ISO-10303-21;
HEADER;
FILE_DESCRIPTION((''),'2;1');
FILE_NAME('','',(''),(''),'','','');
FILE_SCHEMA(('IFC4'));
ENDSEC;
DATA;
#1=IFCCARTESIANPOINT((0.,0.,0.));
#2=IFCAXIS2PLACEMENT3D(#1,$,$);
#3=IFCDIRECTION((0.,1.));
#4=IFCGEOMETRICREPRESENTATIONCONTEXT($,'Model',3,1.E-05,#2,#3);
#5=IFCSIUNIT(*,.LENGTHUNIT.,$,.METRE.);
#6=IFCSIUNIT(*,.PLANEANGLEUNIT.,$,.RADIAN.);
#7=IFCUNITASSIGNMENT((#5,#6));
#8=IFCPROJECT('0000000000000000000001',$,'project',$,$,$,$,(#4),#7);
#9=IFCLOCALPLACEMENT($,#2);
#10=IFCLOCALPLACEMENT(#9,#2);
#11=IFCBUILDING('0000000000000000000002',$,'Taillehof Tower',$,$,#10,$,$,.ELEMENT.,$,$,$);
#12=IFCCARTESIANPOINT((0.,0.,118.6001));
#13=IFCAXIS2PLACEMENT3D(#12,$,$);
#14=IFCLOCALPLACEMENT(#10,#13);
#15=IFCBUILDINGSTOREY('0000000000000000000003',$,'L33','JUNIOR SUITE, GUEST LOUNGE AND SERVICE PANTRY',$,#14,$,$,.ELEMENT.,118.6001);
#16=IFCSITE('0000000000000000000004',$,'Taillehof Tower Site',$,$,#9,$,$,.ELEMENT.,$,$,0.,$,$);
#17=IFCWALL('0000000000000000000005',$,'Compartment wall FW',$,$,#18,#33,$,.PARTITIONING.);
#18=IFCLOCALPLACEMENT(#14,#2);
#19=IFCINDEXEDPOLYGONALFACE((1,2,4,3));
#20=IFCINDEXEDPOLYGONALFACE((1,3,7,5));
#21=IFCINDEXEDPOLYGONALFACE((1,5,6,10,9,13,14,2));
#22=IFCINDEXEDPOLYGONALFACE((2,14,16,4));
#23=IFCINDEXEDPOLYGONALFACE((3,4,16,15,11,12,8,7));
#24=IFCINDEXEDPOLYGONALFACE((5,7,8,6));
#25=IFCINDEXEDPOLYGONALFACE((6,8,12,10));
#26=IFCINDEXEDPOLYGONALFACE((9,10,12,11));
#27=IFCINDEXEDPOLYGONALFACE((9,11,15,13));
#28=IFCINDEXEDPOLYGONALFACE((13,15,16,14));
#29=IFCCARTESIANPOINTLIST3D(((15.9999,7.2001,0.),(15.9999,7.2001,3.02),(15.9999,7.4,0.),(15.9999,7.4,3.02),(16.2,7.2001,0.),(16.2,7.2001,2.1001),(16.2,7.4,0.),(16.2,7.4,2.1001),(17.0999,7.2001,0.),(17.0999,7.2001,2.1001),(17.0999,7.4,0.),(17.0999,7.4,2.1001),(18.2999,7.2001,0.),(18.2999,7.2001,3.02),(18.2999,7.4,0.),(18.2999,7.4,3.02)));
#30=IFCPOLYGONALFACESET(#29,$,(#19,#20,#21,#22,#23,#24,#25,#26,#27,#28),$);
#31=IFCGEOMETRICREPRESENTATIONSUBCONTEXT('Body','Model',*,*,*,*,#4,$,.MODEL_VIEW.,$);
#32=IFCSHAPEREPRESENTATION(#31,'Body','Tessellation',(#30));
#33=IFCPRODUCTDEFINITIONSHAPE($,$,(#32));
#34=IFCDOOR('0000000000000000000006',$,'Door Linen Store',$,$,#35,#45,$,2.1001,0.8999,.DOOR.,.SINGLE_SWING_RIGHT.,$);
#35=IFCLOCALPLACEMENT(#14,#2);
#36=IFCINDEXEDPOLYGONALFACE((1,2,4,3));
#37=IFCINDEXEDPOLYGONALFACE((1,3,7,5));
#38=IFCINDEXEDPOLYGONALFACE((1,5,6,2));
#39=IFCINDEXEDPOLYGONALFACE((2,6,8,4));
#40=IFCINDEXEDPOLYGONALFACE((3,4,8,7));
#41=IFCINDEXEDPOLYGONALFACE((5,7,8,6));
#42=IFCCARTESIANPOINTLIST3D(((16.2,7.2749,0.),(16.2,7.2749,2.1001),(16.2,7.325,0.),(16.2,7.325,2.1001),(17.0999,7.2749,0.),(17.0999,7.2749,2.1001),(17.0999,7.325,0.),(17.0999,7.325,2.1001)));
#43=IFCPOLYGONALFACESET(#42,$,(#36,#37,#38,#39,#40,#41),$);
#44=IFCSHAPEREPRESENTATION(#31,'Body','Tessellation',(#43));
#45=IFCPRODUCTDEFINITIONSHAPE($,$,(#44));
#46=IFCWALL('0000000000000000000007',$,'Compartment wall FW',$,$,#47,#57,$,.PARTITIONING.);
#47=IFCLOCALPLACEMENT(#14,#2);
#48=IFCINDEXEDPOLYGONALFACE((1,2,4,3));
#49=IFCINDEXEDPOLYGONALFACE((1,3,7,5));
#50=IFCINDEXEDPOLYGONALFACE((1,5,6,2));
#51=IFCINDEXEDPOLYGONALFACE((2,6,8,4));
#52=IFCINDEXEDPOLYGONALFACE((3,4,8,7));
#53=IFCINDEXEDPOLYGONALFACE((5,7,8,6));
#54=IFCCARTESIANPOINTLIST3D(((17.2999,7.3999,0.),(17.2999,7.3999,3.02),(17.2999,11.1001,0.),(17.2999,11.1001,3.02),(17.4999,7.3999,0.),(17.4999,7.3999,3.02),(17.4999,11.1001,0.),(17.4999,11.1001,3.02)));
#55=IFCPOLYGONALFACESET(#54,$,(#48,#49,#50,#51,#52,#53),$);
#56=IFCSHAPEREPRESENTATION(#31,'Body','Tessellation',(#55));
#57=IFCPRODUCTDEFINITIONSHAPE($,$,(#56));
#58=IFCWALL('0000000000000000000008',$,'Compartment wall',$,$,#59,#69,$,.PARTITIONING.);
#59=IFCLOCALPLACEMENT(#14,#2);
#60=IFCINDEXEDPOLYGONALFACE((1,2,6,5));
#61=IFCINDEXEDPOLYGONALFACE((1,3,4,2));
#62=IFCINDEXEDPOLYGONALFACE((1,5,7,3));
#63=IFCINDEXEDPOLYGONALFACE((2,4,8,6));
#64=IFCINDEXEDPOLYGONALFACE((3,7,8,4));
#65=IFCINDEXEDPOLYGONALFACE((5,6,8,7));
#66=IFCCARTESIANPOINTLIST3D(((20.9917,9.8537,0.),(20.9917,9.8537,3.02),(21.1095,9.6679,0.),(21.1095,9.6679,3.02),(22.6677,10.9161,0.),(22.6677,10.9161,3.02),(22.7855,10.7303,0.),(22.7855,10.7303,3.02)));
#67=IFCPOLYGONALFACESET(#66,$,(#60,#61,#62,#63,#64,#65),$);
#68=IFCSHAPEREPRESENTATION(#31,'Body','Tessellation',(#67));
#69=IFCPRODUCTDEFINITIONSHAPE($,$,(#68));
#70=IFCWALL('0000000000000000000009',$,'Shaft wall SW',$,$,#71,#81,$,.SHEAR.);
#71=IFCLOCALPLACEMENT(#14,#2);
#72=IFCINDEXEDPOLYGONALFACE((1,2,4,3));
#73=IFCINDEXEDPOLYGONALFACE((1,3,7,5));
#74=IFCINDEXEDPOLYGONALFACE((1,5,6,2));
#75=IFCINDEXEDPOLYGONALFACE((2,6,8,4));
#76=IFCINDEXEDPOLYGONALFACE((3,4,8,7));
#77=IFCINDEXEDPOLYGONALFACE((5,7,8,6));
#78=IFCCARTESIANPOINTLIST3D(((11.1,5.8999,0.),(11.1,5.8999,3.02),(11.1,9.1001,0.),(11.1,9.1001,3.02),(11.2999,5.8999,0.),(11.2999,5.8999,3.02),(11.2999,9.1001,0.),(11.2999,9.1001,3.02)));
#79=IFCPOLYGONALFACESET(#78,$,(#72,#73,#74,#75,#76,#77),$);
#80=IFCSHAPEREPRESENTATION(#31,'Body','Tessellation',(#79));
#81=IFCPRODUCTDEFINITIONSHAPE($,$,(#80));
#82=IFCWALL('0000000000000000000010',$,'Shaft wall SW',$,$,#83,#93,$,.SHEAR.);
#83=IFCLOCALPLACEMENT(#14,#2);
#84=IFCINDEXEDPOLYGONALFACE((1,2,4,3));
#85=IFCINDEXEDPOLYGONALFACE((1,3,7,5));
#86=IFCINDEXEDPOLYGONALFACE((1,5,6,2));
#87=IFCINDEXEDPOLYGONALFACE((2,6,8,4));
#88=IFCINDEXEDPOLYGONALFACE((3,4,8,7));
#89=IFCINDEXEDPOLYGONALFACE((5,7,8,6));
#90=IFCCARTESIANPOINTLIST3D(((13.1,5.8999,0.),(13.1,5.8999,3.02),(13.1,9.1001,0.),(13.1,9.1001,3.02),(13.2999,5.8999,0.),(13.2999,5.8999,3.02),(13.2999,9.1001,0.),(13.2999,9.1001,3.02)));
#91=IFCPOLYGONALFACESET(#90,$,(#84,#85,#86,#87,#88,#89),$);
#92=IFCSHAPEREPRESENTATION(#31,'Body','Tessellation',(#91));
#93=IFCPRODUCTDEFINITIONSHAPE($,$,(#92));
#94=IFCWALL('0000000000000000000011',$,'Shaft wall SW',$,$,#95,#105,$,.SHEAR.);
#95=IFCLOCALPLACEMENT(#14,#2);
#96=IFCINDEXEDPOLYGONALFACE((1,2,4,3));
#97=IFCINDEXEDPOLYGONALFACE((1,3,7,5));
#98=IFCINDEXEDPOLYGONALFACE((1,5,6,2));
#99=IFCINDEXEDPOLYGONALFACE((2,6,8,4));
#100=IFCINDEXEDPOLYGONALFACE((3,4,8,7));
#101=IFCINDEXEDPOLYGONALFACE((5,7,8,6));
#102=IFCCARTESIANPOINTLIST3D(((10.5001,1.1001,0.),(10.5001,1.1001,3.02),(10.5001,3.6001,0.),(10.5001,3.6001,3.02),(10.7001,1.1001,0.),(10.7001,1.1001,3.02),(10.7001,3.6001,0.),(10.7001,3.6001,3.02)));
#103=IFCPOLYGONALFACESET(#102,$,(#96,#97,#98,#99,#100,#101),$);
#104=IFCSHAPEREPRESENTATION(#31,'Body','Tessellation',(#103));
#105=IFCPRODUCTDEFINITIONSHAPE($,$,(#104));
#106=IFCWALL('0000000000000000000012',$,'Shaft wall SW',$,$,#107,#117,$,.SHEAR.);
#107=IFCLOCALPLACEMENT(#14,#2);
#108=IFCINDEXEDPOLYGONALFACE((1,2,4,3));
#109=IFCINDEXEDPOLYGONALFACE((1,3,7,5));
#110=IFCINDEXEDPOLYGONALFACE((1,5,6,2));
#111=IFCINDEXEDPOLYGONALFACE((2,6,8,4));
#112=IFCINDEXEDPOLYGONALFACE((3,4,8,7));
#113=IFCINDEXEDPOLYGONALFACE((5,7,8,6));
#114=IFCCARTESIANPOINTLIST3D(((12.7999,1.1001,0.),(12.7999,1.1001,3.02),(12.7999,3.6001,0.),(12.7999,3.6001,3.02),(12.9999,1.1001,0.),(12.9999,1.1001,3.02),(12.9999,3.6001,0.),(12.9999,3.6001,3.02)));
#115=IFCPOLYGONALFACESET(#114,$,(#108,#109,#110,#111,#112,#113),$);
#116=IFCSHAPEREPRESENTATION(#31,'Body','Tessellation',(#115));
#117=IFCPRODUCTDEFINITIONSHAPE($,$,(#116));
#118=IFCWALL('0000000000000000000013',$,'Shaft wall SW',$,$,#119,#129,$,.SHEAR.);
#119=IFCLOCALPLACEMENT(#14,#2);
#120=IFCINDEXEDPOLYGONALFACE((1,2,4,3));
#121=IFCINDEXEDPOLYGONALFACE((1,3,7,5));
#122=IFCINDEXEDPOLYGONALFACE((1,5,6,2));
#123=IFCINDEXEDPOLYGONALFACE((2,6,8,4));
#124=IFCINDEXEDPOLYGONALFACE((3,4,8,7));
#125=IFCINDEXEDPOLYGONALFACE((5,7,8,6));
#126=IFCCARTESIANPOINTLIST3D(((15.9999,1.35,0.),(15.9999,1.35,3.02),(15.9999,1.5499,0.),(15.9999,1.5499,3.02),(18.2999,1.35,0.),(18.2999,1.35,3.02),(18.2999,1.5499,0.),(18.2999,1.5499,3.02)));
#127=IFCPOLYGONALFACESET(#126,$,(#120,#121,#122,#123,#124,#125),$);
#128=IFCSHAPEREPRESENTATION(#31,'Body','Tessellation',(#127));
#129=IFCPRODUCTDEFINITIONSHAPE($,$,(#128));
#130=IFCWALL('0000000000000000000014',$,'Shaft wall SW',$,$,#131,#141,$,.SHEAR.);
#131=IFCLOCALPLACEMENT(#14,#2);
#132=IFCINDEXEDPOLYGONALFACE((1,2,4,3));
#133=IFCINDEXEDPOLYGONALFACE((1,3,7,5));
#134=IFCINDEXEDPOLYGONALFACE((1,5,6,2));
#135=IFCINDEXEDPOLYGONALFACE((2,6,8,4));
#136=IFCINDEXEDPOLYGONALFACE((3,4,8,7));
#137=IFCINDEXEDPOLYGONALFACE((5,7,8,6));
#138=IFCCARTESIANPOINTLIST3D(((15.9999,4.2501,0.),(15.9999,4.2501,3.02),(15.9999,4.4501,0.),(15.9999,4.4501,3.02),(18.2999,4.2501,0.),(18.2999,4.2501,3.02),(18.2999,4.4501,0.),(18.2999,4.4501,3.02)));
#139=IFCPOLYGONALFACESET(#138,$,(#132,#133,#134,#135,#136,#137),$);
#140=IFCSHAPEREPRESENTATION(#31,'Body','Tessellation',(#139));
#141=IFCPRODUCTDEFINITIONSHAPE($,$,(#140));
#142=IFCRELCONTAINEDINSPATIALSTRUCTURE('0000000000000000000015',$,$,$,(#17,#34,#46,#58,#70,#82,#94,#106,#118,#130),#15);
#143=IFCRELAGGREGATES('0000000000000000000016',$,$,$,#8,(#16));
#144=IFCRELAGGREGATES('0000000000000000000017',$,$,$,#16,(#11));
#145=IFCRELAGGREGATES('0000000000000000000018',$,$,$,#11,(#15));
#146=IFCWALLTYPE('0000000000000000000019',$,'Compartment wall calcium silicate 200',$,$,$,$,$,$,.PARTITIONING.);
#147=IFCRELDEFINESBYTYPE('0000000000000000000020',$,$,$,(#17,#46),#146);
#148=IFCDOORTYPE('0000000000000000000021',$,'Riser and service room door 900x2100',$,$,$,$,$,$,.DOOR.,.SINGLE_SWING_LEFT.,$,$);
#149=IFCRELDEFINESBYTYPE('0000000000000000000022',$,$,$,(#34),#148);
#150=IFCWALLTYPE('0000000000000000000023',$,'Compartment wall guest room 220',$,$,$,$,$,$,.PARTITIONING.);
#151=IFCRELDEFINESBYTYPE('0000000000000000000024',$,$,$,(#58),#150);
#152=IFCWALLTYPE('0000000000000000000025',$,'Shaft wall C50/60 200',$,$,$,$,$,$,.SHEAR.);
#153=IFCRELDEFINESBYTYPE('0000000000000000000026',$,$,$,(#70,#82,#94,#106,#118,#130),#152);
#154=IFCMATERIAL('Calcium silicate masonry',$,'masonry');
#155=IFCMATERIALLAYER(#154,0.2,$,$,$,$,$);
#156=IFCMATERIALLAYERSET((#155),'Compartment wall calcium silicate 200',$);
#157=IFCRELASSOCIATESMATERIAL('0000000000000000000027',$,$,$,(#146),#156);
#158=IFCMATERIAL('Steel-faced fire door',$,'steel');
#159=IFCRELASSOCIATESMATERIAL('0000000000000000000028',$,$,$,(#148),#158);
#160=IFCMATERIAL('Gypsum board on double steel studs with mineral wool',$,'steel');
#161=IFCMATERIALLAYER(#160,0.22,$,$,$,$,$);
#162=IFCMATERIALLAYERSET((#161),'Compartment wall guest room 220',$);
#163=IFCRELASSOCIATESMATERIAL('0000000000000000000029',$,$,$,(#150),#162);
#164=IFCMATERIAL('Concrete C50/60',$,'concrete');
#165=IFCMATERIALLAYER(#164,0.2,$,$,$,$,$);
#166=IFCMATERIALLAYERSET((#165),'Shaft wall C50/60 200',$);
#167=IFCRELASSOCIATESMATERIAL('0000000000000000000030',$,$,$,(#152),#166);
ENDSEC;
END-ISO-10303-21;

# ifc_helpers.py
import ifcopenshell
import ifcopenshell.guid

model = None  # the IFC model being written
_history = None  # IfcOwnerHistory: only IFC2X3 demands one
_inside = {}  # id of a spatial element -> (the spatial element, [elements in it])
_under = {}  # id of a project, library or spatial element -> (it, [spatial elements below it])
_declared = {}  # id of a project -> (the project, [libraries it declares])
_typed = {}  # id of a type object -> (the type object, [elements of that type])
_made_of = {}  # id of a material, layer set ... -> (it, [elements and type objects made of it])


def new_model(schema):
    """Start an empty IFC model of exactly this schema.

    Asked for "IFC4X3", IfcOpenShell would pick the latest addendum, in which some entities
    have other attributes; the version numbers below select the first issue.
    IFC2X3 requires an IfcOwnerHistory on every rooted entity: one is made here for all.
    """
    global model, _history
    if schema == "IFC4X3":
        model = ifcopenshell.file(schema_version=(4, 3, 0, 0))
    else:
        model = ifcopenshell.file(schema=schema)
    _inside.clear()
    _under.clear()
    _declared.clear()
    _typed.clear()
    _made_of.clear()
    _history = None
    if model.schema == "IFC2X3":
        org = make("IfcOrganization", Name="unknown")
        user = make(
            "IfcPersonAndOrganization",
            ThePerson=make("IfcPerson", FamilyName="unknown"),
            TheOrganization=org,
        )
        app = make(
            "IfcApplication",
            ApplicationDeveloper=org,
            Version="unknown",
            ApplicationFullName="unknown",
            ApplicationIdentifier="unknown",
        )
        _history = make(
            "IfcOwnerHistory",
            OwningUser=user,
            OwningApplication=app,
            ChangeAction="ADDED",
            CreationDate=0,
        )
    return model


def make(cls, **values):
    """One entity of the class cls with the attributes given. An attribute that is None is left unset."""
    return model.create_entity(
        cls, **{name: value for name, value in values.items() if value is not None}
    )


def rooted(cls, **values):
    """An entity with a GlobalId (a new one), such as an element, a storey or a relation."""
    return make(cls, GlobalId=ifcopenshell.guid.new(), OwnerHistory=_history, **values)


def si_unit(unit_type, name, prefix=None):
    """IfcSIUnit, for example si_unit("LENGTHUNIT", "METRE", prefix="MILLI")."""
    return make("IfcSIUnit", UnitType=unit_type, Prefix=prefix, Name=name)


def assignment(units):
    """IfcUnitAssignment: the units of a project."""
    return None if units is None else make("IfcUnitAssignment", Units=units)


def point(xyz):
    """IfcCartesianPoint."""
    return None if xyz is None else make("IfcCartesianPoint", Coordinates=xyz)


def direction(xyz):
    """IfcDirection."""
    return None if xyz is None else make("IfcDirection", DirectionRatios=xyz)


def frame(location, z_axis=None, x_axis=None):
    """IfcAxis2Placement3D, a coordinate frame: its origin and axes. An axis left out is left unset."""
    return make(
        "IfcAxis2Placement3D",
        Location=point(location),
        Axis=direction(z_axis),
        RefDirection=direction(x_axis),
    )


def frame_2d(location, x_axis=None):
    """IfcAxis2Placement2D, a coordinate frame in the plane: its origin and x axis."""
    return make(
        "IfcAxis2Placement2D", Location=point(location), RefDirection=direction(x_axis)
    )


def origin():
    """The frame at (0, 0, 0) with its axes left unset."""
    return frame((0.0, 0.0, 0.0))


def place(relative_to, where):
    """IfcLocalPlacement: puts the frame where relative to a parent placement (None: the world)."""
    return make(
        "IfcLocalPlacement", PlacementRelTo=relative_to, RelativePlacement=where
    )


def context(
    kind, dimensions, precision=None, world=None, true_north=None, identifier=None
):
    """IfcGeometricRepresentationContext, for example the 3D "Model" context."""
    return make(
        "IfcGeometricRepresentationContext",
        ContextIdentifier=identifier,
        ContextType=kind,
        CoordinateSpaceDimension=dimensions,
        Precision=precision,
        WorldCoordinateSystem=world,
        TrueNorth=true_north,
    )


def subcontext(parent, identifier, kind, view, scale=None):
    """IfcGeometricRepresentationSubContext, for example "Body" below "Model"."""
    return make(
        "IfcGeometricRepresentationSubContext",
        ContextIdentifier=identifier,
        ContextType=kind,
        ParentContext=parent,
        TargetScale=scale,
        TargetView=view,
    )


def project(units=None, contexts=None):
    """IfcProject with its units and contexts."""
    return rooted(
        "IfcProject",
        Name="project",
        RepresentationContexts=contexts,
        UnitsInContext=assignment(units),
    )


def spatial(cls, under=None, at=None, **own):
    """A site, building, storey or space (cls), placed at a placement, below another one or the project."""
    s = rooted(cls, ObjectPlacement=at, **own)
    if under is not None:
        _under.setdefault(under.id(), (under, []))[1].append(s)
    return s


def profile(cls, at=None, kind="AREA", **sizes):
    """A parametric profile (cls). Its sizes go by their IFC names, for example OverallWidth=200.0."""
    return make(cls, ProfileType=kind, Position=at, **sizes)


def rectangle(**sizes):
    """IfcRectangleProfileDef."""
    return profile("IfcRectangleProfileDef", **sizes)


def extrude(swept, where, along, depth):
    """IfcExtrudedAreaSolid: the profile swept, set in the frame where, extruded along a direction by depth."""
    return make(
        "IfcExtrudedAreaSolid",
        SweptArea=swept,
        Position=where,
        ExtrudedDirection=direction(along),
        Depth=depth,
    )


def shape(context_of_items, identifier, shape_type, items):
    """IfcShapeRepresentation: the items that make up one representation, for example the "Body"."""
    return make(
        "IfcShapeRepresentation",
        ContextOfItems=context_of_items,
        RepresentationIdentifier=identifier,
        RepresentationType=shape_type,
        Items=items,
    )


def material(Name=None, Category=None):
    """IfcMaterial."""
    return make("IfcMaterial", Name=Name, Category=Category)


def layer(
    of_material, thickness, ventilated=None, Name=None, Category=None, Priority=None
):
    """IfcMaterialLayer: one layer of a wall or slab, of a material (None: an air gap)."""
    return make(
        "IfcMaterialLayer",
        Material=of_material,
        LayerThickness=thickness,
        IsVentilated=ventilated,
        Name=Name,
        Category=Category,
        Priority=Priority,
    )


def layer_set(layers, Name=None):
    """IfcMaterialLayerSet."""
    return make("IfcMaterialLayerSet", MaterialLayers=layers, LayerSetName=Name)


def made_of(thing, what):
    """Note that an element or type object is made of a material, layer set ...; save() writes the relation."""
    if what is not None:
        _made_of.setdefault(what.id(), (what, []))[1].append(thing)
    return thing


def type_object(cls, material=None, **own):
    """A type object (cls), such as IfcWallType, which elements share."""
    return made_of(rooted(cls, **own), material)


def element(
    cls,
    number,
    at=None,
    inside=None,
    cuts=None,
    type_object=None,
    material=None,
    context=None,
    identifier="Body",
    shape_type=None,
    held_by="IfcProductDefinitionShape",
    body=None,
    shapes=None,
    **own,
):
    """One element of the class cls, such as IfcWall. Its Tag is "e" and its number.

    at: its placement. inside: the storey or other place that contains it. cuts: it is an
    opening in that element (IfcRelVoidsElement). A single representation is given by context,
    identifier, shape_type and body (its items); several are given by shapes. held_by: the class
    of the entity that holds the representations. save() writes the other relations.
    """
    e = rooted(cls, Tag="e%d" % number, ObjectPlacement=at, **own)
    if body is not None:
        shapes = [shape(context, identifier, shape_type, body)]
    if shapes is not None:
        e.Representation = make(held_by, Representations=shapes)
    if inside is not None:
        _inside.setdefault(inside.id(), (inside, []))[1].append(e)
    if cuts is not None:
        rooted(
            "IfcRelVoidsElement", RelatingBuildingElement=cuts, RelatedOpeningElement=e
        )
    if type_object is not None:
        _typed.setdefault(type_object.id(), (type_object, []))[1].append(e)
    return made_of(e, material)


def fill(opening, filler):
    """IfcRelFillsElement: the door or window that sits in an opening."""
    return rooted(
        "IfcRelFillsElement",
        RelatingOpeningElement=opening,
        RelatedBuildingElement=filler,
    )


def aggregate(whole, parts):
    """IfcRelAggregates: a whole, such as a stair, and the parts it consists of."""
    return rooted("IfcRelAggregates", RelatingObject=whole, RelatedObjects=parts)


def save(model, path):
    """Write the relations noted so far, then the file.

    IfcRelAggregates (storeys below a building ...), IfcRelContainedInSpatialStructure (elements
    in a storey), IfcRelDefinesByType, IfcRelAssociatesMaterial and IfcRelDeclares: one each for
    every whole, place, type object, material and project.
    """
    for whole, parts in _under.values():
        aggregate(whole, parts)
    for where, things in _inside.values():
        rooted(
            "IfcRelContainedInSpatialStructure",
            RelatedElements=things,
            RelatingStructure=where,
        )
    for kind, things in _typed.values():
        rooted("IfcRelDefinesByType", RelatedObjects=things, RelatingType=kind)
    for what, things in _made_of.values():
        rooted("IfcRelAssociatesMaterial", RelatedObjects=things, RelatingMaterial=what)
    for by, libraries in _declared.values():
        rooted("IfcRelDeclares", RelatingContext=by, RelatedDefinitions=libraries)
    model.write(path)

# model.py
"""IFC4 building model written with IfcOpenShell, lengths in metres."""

from ifc_helpers import new_model, si_unit, direction, frame, frame_2d, origin, place, context, subcontext, project, spatial, rectangle, extrude, material, layer, layer_set, type_object, element, fill, save


model = new_model("IFC4")

# Units and contexts
model_context = context("Model", 3, precision=1e-05, world=origin(), true_north=direction((0.0, 1.0)))
body_context = subcontext(model_context, "Body", "Model", "MODEL_VIEW")
ifc_project = project(units=[si_unit("LENGTHUNIT", "METRE"), si_unit("PLANEANGLEUNIT", "RADIAN")], contexts=[model_context])

# Site, building, storey
site_placement = place(None, origin())
site = spatial("IfcSite", under=ifc_project, at=site_placement, Name="Taillehof Tower Site", CompositionType="ELEMENT", RefElevation=0.0)
building_placement = place(site_placement, origin())
building = spatial("IfcBuilding", under=site, at=building_placement, Name="Taillehof Tower", CompositionType="ELEMENT")
storey_placement = place(building_placement, frame((0.0, 0.0, 118.6001)))
storey = spatial("IfcBuildingStorey", under=building, at=storey_placement, Name="L33", Description="JUNIOR SUITE, GUEST LOUNGE AND SERVICE PANTRY", CompositionType="ELEMENT", Elevation=118.6001)

# Wall, opening, door
ifc_material_1 = material(Name="Calcium silicate masonry", Category="masonry")
ifc_layer_1 = layer(ifc_material_1, 0.2)
ifc_layer_set_1 = layer_set([ifc_layer_1], Name="Compartment wall calcium silicate 200")
wall_type_1 = type_object("IfcWallType", Name="Compartment wall calcium silicate 200", PredefinedType="PARTITIONING", material=ifc_layer_set_1)
wall_1_placement = place(storey_placement, frame((16.0, 7.3, 0.0), z_axis=(0.0, 0.0, 1.0), x_axis=(1.0, 0.0, 0.0)))
wall_1 = element("IfcWall", 1, at=wall_1_placement, inside=storey, type_object=wall_type_1, Name="Compartment wall FW", PredefinedType="PARTITIONING", context=body_context, shape_type="SweptSolid", body=[
    extrude(rectangle(XDim=2.3, YDim=0.2, at=frame_2d((1.1499, 0.0))), origin(), (0.0, 0.0, 1.0), 3.02),
])
opening_1_placement = place(wall_1_placement, frame((0.2, 0.0, 0.0)))
opening_1 = element("IfcOpeningElement", 2, at=opening_1_placement, cuts=wall_1, PredefinedType="OPENING", context=body_context, shape_type="SweptSolid", body=[
    extrude(rectangle(XDim=0.8999, YDim=2.1001, at=frame_2d((0.45, 1.05))), frame((0.0, 0.1099, 0.0), z_axis=(0.0, -1.0, 0.0), x_axis=(1.0, 0.0, 0.0)), (0.0, 0.0, 1.0), 0.22),
])
ifc_material_2 = material(Name="Steel-faced fire door", Category="steel")
door_type = type_object("IfcDoorType", Name="Riser and service room door 900x2100", OperationType="SINGLE_SWING_LEFT", PredefinedType="DOOR", material=ifc_material_2)
door_placement = place(opening_1_placement, origin())
door = element("IfcDoor", 3, at=door_placement, inside=storey, type_object=door_type, Name="Door Linen Store", OperationType="SINGLE_SWING_RIGHT", OverallHeight=2.1001, OverallWidth=0.8999, PredefinedType="DOOR", context=body_context, shape_type="SweptSolid", body=[
    extrude(rectangle(XDim=0.8999, YDim=2.1001, at=frame_2d((0.45, 1.05))), frame((0.0, 0.0249, 0.0), z_axis=(0.0, -1.0, 0.0), x_axis=(1.0, 0.0, 0.0)), (0.0, 0.0, 1.0), 0.05),
])
fill(opening_1, door)

# Walls
wall_2_placement = place(storey_placement, frame((17.3999, 7.3999, 0.0), z_axis=(0.0, 0.0, 1.0), x_axis=(0.0, 1.0, 0.0)))
element("IfcWall", 4, at=wall_2_placement, inside=storey, type_object=wall_type_1, Name="Compartment wall FW", PredefinedType="PARTITIONING", context=body_context, shape_type="SweptSolid", body=[
    extrude(rectangle(XDim=3.7002, YDim=0.2, at=frame_2d((1.8501, 0.0))), origin(), (0.0, 0.0, 1.0), 3.02),
])
ifc_material_3 = material(Name="Gypsum board on double steel studs with mineral wool", Category="steel")
ifc_layer_2 = layer(ifc_material_3, 0.22)
ifc_layer_set_2 = layer_set([ifc_layer_2], Name="Compartment wall guest room 220")
wall_type_2 = type_object("IfcWallType", Name="Compartment wall guest room 220", PredefinedType="PARTITIONING", material=ifc_layer_set_2)
wall_3_placement = place(storey_placement, frame((22.7266, 10.8232, 0.0), z_axis=(0.0, 0.0, 1.0), x_axis=(-0.844587, -0.535418, 0.0)))
element("IfcWall", 5, at=wall_3_placement, inside=storey, type_object=wall_type_2, Name="Compartment wall", PredefinedType="PARTITIONING", context=body_context, shape_type="SweptSolid", body=[
    extrude(rectangle(XDim=1.9844, YDim=0.22, at=frame_2d((0.9922, 0.0))), origin(), (0.0, 0.0, 1.0), 3.02),
])
ifc_material_4 = material(Name="Concrete C50/60", Category="concrete")
ifc_layer_3 = layer(ifc_material_4, 0.2)
ifc_layer_set_3 = layer_set([ifc_layer_3], Name="Shaft wall C50/60 200")
wall_type_3 = type_object("IfcWallType", Name="Shaft wall C50/60 200", PredefinedType="SHEAR", material=ifc_layer_set_3)
for number, where, z_axis, x_axis, name in (
    (6, (11.2, 5.8999, 0.0), (0.0, 0.0, 1.0), (0.0, 1.0, 0.0), "Shaft wall SW"),
    (7, (13.2, 5.8999, 0.0), (0.0, 0.0, 1.0), (0.0, 1.0, 0.0), "Shaft wall SW"),
):
    element("IfcWall", number, at=place(storey_placement, frame(where, z_axis=z_axis, x_axis=x_axis)), inside=storey, type_object=wall_type_3, Name=name, PredefinedType="SHEAR", context=body_context, shape_type="SweptSolid", body=[
        extrude(rectangle(XDim=3.2002, YDim=0.2, at=frame_2d((1.6001, 0.0))), origin(), (0.0, 0.0, 1.0), 3.02),
    ])
for number, where, z_axis, x_axis, name in (
    (8, (10.6001, 1.1001, 0.0), (0.0, 0.0, 1.0), (0.0, 1.0, 0.0), "Shaft wall SW"),
    (9, (12.8999, 1.1001, 0.0), (0.0, 0.0, 1.0), (0.0, 1.0, 0.0), "Shaft wall SW"),
):
    element("IfcWall", number, at=place(storey_placement, frame(where, z_axis=z_axis, x_axis=x_axis)), inside=storey, type_object=wall_type_3, Name=name, PredefinedType="SHEAR", context=body_context, shape_type="SweptSolid", body=[
        extrude(rectangle(XDim=2.5, YDim=0.2, at=frame_2d((1.25, 0.0))), origin(), (0.0, 0.0, 1.0), 3.02),
    ])
for number, where, z_axis, x_axis, name in (
    (10, (16.0, 1.45, 0.0), (0.0, 0.0, 1.0), (1.0, 0.0, 0.0), "Shaft wall SW"),
    (11, (16.0, 4.3501, 0.0), (0.0, 0.0, 1.0), (1.0, 0.0, 0.0), "Shaft wall SW"),
):
    element("IfcWall", number, at=place(storey_placement, frame(where, z_axis=z_axis, x_axis=x_axis)), inside=storey, type_object=wall_type_3, Name=name, PredefinedType="SHEAR", context=body_context, shape_type="SweptSolid", body=[
        extrude(rectangle(XDim=2.3, YDim=0.2, at=frame_2d((1.1499, 0.0))), origin(), (0.0, 0.0, 1.0), 3.02),
    ])

save(model, "model.ifc")
